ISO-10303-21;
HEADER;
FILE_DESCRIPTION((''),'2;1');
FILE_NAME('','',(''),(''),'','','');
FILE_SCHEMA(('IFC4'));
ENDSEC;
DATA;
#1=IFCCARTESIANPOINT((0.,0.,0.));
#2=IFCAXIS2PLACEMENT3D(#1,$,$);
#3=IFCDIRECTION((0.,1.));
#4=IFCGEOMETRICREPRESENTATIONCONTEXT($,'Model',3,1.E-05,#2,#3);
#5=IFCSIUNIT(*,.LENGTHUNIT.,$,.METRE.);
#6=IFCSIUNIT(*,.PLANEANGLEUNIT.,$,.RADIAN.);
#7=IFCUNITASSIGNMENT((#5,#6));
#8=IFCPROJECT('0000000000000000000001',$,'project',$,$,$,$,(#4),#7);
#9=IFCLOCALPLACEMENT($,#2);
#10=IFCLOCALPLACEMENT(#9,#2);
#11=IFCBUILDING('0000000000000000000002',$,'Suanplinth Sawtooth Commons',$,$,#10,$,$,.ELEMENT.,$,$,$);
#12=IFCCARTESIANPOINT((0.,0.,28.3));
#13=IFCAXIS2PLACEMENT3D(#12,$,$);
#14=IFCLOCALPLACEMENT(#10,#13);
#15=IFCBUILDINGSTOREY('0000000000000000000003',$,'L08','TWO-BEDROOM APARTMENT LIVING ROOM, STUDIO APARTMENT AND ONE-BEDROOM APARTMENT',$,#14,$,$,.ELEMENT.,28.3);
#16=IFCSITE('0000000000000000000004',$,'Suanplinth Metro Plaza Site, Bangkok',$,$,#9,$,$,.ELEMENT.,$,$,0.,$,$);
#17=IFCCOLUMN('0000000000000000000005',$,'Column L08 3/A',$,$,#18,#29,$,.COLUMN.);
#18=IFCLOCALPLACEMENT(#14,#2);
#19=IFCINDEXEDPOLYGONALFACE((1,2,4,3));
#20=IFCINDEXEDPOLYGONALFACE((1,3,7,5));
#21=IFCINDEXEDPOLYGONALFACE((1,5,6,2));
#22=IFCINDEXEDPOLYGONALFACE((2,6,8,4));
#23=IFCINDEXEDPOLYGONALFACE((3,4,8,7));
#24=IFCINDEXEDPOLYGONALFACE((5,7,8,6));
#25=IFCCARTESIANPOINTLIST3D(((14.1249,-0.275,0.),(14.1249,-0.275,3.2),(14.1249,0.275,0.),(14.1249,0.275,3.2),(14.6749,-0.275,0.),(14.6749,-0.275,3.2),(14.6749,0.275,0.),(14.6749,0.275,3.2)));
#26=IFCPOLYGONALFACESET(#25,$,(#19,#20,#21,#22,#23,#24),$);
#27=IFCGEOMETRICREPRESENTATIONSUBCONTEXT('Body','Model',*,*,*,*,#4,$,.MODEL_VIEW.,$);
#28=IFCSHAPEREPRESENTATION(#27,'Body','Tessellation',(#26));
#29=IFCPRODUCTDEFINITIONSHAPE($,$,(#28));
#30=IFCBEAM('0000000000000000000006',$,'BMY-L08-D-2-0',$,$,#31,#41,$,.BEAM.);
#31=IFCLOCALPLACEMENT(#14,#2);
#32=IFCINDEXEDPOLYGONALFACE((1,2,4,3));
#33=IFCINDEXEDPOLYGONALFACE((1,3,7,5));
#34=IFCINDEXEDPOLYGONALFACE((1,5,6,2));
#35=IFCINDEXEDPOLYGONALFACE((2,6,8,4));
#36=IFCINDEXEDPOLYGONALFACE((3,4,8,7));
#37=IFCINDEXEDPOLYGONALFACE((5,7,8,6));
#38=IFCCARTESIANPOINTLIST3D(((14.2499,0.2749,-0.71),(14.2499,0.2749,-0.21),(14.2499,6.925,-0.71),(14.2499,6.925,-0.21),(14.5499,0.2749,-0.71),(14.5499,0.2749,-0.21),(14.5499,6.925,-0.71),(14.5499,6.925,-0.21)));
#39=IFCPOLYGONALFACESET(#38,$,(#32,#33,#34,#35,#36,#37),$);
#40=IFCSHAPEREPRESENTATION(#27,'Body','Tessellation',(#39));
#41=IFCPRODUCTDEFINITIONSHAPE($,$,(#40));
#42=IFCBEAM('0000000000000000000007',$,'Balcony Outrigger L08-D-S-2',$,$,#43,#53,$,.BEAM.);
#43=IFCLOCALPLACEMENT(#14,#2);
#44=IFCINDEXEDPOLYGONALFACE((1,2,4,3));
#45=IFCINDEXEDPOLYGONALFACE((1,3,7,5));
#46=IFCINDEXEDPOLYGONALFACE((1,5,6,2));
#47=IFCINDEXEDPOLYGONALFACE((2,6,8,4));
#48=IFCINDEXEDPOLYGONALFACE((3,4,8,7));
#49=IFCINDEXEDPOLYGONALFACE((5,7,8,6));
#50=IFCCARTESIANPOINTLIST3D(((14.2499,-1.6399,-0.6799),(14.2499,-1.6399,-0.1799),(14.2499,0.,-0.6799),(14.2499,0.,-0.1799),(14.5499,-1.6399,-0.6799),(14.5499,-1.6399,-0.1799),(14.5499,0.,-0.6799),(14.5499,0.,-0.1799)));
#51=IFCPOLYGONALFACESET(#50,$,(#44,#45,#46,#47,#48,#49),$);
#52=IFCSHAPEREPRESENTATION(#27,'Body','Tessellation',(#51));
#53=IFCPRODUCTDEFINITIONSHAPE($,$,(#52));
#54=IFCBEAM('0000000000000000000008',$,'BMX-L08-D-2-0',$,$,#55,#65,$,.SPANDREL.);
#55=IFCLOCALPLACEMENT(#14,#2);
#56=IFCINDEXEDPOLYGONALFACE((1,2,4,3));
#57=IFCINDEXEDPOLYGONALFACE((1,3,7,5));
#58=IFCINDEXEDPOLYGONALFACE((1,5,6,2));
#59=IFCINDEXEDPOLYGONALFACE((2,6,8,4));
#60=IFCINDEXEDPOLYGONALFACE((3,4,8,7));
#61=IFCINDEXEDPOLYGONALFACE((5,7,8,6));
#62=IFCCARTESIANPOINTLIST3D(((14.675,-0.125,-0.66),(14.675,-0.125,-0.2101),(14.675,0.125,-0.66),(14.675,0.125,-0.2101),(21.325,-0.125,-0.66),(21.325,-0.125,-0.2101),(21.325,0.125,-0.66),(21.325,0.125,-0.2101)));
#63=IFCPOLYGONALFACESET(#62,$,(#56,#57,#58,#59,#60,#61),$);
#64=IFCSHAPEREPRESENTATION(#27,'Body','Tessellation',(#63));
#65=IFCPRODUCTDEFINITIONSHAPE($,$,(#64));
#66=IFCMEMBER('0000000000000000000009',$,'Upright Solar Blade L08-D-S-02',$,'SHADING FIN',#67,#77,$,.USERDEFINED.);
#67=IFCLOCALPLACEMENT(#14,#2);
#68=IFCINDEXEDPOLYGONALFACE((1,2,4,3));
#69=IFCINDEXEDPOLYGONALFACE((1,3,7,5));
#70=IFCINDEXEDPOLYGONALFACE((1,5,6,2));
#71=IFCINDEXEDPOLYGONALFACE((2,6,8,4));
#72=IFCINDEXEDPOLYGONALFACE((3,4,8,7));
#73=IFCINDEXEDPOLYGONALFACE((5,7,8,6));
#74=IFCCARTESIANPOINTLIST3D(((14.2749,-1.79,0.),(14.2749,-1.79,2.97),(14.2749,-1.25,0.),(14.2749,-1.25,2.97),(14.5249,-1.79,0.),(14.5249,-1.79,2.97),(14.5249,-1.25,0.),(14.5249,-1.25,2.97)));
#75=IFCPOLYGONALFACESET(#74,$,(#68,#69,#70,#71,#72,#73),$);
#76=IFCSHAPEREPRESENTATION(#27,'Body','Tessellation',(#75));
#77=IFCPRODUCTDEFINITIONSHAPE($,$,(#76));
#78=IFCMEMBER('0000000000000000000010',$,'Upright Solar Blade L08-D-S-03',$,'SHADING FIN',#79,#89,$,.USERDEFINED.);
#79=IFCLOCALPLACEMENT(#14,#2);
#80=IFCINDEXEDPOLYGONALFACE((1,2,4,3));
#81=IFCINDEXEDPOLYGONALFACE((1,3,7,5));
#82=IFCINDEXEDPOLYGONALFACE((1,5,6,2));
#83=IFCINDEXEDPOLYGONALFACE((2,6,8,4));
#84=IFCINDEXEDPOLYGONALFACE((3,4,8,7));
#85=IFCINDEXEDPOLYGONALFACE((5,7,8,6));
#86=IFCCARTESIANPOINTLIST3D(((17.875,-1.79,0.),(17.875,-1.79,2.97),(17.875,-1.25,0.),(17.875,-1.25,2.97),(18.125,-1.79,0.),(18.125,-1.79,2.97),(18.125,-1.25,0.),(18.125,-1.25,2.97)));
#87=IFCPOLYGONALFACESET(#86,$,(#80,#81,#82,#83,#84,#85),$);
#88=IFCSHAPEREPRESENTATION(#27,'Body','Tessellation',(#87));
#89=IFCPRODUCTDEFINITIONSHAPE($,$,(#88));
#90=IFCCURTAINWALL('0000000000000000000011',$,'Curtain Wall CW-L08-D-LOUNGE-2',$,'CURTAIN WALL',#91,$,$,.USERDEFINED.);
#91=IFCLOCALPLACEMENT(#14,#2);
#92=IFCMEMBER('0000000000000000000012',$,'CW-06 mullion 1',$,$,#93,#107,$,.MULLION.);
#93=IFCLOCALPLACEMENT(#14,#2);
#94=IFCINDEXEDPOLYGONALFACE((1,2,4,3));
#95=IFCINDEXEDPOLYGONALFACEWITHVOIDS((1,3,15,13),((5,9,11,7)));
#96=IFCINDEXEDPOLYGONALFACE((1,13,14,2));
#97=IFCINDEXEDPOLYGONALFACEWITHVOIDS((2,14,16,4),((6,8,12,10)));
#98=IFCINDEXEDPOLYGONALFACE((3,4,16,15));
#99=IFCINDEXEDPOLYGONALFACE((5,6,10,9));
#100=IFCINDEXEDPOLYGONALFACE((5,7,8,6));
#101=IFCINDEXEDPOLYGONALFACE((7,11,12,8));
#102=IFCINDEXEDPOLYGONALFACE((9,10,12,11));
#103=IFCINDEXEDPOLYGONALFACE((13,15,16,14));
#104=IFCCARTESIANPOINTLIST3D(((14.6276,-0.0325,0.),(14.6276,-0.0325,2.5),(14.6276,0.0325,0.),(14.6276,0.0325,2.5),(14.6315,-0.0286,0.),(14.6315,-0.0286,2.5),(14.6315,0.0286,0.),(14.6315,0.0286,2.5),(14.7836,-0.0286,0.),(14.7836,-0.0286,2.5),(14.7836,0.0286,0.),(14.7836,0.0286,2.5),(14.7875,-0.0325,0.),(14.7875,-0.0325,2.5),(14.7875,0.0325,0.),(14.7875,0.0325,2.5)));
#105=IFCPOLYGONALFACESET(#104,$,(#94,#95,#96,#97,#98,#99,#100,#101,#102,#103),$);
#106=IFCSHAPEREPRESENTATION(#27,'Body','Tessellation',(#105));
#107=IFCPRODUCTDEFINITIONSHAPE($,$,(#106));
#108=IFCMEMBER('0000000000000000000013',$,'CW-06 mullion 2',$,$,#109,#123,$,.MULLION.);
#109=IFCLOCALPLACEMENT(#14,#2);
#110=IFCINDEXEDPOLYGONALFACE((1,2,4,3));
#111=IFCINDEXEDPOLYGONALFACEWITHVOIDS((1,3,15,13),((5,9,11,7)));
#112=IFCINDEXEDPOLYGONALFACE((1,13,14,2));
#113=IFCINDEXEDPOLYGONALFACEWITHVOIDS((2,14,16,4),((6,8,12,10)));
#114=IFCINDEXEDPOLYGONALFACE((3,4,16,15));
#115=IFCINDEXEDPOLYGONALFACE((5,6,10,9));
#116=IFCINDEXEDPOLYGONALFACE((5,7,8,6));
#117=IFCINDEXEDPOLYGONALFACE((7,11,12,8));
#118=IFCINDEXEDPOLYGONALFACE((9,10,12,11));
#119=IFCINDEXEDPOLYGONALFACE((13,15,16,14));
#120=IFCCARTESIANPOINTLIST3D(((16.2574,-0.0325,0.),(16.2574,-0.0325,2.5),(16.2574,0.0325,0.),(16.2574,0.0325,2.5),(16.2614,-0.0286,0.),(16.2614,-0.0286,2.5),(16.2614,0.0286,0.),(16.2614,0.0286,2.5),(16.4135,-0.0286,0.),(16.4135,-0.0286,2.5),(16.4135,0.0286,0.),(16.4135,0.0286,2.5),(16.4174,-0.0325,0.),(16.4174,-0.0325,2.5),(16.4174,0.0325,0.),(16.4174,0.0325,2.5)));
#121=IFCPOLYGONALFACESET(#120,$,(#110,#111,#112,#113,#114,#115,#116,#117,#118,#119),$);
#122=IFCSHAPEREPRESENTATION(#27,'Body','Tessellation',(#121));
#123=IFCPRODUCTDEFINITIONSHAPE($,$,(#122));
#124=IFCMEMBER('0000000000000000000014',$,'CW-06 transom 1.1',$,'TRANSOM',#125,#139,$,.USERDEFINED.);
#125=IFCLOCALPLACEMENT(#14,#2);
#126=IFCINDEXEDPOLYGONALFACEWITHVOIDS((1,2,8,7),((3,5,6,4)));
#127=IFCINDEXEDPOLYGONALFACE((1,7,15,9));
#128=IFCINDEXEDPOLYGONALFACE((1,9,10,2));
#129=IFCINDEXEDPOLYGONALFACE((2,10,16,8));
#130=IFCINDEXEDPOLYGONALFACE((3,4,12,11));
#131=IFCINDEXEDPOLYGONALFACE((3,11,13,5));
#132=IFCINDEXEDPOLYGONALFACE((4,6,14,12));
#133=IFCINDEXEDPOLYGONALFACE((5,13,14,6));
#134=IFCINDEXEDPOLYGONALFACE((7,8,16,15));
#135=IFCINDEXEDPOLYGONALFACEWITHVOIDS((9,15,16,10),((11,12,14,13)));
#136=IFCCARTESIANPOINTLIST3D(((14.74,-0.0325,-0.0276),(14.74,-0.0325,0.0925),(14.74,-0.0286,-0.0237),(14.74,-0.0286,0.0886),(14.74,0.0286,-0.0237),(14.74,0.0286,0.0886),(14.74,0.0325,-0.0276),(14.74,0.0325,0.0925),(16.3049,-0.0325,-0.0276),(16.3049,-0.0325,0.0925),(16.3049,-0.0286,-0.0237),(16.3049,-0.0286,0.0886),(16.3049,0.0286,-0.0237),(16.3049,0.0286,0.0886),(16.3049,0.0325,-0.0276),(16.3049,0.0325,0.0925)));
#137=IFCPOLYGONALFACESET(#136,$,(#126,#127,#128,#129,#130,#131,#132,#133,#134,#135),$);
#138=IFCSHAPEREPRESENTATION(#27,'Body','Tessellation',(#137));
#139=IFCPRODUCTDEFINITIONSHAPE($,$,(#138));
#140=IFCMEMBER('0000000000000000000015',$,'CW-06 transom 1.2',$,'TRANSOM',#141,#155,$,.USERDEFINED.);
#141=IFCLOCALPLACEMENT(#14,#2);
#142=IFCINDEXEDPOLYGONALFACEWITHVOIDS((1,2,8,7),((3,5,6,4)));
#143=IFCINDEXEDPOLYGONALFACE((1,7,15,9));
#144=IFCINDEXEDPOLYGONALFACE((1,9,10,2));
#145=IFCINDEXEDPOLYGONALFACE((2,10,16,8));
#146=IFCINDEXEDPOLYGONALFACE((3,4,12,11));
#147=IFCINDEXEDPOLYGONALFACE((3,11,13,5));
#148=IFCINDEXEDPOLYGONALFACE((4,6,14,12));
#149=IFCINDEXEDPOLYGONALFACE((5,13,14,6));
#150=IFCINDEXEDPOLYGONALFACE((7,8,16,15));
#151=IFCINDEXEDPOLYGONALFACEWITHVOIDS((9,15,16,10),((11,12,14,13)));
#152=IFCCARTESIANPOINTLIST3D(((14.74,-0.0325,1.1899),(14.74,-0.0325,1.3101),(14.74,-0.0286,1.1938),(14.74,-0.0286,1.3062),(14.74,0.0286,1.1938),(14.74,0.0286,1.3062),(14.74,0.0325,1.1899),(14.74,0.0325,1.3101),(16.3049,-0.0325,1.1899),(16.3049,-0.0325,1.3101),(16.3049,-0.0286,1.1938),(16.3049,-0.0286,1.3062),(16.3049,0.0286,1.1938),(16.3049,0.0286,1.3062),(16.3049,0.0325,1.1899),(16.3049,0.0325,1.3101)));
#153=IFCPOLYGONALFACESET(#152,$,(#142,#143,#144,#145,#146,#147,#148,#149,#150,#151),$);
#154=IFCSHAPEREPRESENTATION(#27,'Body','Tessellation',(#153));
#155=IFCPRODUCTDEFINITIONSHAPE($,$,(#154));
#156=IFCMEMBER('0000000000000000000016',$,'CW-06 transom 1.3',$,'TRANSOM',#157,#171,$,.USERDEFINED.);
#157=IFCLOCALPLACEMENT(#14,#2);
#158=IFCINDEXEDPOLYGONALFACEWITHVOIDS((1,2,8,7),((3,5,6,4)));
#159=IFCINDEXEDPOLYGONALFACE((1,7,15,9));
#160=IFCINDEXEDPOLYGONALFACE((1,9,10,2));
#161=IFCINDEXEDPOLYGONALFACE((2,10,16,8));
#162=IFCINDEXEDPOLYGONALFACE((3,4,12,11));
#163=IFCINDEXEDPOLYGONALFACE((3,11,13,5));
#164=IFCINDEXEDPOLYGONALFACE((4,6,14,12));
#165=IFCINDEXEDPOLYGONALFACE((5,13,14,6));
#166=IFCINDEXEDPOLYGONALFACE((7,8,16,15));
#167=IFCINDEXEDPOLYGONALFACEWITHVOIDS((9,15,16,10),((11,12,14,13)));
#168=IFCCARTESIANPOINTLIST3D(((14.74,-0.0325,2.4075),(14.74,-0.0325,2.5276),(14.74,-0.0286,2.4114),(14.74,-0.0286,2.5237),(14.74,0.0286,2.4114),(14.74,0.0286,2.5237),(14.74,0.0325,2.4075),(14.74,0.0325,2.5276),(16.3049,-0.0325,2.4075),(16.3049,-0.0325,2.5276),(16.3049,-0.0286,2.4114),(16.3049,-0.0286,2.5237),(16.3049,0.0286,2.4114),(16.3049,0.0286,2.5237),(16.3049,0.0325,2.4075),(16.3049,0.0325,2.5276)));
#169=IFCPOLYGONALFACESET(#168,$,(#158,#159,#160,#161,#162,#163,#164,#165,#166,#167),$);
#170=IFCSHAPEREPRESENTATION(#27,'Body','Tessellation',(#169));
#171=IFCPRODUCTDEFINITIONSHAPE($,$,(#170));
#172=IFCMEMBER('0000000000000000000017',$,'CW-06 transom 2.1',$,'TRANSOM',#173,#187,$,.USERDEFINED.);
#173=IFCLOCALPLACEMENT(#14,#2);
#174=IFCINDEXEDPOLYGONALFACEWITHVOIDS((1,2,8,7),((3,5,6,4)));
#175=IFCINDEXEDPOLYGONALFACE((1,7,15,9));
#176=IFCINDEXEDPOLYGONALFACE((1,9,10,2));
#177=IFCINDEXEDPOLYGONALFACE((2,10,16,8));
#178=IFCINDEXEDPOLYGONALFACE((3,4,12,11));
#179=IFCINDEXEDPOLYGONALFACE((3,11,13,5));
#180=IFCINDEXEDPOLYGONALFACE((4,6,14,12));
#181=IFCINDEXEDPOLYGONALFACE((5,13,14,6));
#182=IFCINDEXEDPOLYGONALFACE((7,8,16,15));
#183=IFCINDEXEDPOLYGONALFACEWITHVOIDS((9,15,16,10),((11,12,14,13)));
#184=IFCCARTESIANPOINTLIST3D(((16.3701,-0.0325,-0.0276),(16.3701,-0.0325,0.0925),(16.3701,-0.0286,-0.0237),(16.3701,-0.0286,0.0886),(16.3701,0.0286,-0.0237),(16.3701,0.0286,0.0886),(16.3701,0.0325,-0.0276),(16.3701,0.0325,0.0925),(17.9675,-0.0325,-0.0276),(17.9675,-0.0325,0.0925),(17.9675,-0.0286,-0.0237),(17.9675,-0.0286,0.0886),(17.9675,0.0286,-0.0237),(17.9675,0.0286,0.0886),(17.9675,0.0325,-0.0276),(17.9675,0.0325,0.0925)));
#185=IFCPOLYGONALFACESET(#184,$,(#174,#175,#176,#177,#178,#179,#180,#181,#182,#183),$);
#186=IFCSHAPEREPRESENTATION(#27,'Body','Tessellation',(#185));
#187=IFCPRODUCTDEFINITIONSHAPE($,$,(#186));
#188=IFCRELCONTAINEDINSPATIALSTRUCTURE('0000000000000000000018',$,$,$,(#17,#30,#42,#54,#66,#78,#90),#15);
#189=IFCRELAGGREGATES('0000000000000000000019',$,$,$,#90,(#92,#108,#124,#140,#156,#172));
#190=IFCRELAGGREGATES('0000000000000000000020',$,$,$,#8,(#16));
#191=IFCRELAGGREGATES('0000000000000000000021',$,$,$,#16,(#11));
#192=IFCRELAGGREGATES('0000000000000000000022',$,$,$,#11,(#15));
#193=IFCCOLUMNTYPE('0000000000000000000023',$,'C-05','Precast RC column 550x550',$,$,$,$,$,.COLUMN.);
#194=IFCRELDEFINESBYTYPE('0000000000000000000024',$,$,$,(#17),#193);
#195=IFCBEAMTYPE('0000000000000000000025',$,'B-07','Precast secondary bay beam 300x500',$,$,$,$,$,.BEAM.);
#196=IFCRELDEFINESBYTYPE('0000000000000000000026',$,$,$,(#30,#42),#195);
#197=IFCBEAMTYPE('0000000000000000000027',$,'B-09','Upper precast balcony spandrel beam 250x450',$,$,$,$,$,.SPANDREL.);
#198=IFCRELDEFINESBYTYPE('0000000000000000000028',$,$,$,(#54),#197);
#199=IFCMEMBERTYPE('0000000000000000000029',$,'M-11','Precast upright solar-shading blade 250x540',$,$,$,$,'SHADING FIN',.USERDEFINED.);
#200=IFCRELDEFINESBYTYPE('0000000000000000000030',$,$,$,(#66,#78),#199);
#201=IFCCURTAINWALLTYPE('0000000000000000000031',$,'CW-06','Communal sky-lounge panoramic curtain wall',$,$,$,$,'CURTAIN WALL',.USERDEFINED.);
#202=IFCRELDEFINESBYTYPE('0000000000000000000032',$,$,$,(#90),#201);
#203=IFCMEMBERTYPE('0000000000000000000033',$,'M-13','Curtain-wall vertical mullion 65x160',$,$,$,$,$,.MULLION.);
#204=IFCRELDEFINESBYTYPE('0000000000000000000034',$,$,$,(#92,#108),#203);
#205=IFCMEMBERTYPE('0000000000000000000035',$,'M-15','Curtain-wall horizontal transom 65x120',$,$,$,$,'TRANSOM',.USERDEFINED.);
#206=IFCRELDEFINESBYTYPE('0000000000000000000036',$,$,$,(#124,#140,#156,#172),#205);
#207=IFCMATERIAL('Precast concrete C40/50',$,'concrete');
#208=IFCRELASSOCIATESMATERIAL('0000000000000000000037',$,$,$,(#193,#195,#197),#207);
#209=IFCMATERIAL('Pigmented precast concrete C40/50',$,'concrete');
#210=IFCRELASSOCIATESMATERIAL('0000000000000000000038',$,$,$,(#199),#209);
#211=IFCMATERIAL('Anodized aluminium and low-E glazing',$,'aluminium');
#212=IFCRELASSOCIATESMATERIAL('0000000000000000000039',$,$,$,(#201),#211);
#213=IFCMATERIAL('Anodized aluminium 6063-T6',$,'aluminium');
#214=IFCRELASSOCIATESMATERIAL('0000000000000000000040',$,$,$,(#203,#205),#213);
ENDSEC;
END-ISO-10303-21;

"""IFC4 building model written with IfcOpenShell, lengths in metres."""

from ifc_helpers import new_model, si_unit, direction, frame, origin, origin_2d, place, context, subcontext, project, spatial, rectangle, hollow_rectangle, extrude, material, material_profile, profile_set, type_object, element, aggregate, save


model = new_model("IFC4")

# Units and contexts
model_context = context("Model", 3, precision=1e-05, world=origin(), true_north=direction((0.0, 1.0)))
body_context = subcontext(model_context, "Body", "Model", "MODEL_VIEW")
ifc_project = project(units=[si_unit("LENGTHUNIT", "METRE"), si_unit("PLANEANGLEUNIT", "RADIAN")], contexts=[model_context])

# Site, building, storey
site_placement = place(None, origin())
site = spatial("IfcSite", under=ifc_project, at=site_placement, Name="Suanplinth Metro Plaza Site, Bangkok", CompositionType="ELEMENT", RefElevation=0.0)
building_placement = place(site_placement, origin())
building = spatial("IfcBuilding", under=site, at=building_placement, Name="Suanplinth Sawtooth Commons", CompositionType="ELEMENT")
storey_placement = place(building_placement, frame((0.0, 0.0, 28.3)))
storey = spatial("IfcBuildingStorey", under=building, at=storey_placement, Name="L08", Description="TWO-BEDROOM APARTMENT LIVING ROOM, STUDIO APARTMENT AND ONE-BEDROOM APARTMENT", CompositionType="ELEMENT", Elevation=28.3)

# Column
ifc_material_1 = material(Name="Precast concrete C40/50", Category="concrete")
ifc_material_profile_1 = material_profile(ifc_material_1, rectangle(XDim=0.55, YDim=0.55, at=origin_2d()), Name="PC-COL 550x550")
ifc_profile_set_1 = profile_set([ifc_material_profile_1], Name="Precast concrete C40/50")
column_type = type_object("IfcColumnType", Name="C-05", Description="Precast RC column 550x550", PredefinedType="COLUMN", material=ifc_profile_set_1)
column_placement = place(storey_placement, frame((14.3999, 0.0, 0.0), z_axis=(0.0, 0.0, 1.0), x_axis=(1.0, 0.0, 0.0)))
element("IfcColumn", 1, at=column_placement, inside=storey, type_object=column_type, Name="Column L08 3/A", PredefinedType="COLUMN", context=body_context, shape_type="SweptSolid", body=[
    extrude(rectangle(XDim=0.55, YDim=0.55, at=origin_2d()), origin(), (0.0, 0.0, 1.0), 3.2),
])

# Beams
ifc_material_profile_2 = material_profile(ifc_material_1, rectangle(XDim=0.3, YDim=0.5, at=origin_2d()), Name="PC-BM 300x500")
ifc_profile_set_2 = profile_set([ifc_material_profile_2], Name="Precast concrete C40/50")
beam_type_1 = type_object("IfcBeamType", Name="B-07", Description="Precast secondary bay beam 300x500", PredefinedType="BEAM", material=ifc_profile_set_2)
beam_1_placement = place(storey_placement, frame((14.3999, 0.2749, -0.46), z_axis=(0.0, 1.0, 0.0), x_axis=(-1.0, 0.0, 0.0)))
element("IfcBeam", 2, at=beam_1_placement, inside=storey, type_object=beam_type_1, Name="BMY-L08-D-2-0", PredefinedType="BEAM", context=body_context, shape_type="SweptSolid", body=[
    extrude(rectangle(XDim=0.3, YDim=0.5, at=origin_2d()), origin(), (0.0, 0.0, 1.0), 6.6501),
])
beam_2_placement = place(storey_placement, frame((14.3999, 0.0, -0.4299), z_axis=(0.0, -1.0, 0.0), x_axis=(1.0, 0.0, 0.0)))
element("IfcBeam", 3, at=beam_2_placement, inside=storey, type_object=beam_type_1, Name="Balcony Outrigger L08-D-S-2", PredefinedType="BEAM", context=body_context, shape_type="SweptSolid", body=[
    extrude(rectangle(XDim=0.3, YDim=0.5, at=origin_2d()), origin(), (0.0, 0.0, 1.0), 1.6399),
])
ifc_material_profile_3 = material_profile(ifc_material_1, rectangle(XDim=0.25, YDim=0.45, at=origin_2d()), Name="PC-SP 250x450")
ifc_profile_set_3 = profile_set([ifc_material_profile_3], Name="Precast concrete C40/50")
beam_type_2 = type_object("IfcBeamType", Name="B-09", Description="Upper precast balcony spandrel beam 250x450", PredefinedType="SPANDREL", material=ifc_profile_set_3)
beam_3_placement = place(storey_placement, frame((14.675, 0.0, -0.4351), z_axis=(1.0, 0.0, 0.0), x_axis=(0.0, 1.0, 0.0)))
element("IfcBeam", 4, at=beam_3_placement, inside=storey, type_object=beam_type_2, Name="BMX-L08-D-2-0", PredefinedType="SPANDREL", context=body_context, shape_type="SweptSolid", body=[
    extrude(rectangle(XDim=0.25, YDim=0.45, at=origin_2d()), origin(), (0.0, 0.0, 1.0), 6.6499),
])

# Members
ifc_material_2 = material(Name="Pigmented precast concrete C40/50", Category="concrete")
ifc_material_profile_4 = material_profile(ifc_material_2, rectangle(XDim=0.25, YDim=0.54, at=origin_2d()), Name="PC-FIN 250x540")
ifc_profile_set_4 = profile_set([ifc_material_profile_4], Name="Pigmented precast concrete C40/50")
member_type_1 = type_object("IfcMemberType", Name="M-11", Description="Precast upright solar-shading blade 250x540", ElementType="SHADING FIN", PredefinedType="USERDEFINED", material=ifc_profile_set_4)
for number, where, z_axis, x_axis, name in (
    (5, (14.3999, -1.52, 0.0), (0.0, 0.0, 1.0), (1.0, 0.0, 0.0), "Upright Solar Blade L08-D-S-02"),
    (6, (18.0, -1.52, 0.0), (0.0, 0.0, 1.0), (1.0, 0.0, 0.0), "Upright Solar Blade L08-D-S-03"),
):
    element("IfcMember", number, at=place(storey_placement, frame(where, z_axis=z_axis, x_axis=x_axis)), inside=storey, type_object=member_type_1, Name=name, ObjectType="SHADING FIN", PredefinedType="USERDEFINED", context=body_context, shape_type="SweptSolid", body=[
        extrude(rectangle(XDim=0.25, YDim=0.54, at=origin_2d()), origin(), (0.0, 0.0, 1.0), 2.97),
    ])

# Curtain wall, members
ifc_material_3 = material(Name="Anodized aluminium and low-E glazing", Category="aluminium")
curtain_wall_type = type_object("IfcCurtainWallType", Name="CW-06", Description="Communal sky-lounge panoramic curtain wall", ElementType="CURTAIN WALL", PredefinedType="USERDEFINED", material=ifc_material_3)
curtain_wall_placement = place(storey_placement, origin())
curtain_wall = element("IfcCurtainWall", 7, at=curtain_wall_placement, inside=storey, type_object=curtain_wall_type, Name="Curtain Wall CW-L08-D-LOUNGE-2", ObjectType="CURTAIN WALL", PredefinedType="USERDEFINED")
ifc_material_4 = material(Name="Anodized aluminium 6063-T6", Category="aluminium")
ifc_material_profile_5 = material_profile(ifc_material_4, hollow_rectangle(XDim=0.0649, YDim=0.1599, WallThickness=0.0039, at=origin_2d()), Name="ALU-MUL 65x160")
ifc_profile_set_5 = profile_set([ifc_material_profile_5], Name="Anodized aluminium 6063-T6")
member_type_2 = type_object("IfcMemberType", Name="M-13", Description="Curtain-wall vertical mullion 65x160", PredefinedType="MULLION", material=ifc_profile_set_5)
member_1_placement = place(storey_placement, frame((14.7075, 0.0, 0.0), z_axis=(0.0, 0.0, 1.0), x_axis=(0.0, 1.0, 0.0)))
member_1 = element("IfcMember", 8, at=member_1_placement, type_object=member_type_2, Name="CW-06 mullion 1", PredefinedType="MULLION", context=body_context, shape_type="SweptSolid", body=[
    extrude(hollow_rectangle(XDim=0.0649, YDim=0.1599, WallThickness=0.0039, at=origin_2d()), origin(), (0.0, 0.0, 1.0), 2.5),
])
member_2_placement = place(storey_placement, frame((16.3374, 0.0, 0.0), z_axis=(0.0, 0.0, 1.0), x_axis=(0.0, 1.0, 0.0)))
member_2 = element("IfcMember", 9, at=member_2_placement, type_object=member_type_2, Name="CW-06 mullion 2", PredefinedType="MULLION", context=body_context, shape_type="SweptSolid", body=[
    extrude(hollow_rectangle(XDim=0.0649, YDim=0.1599, WallThickness=0.0039, at=origin_2d()), origin(), (0.0, 0.0, 1.0), 2.5),
])
ifc_material_profile_6 = material_profile(ifc_material_4, hollow_rectangle(XDim=0.0649, YDim=0.1201, WallThickness=0.0039, at=origin_2d()), Name="ALU-TRN 65x120")
ifc_profile_set_6 = profile_set([ifc_material_profile_6], Name="Anodized aluminium 6063-T6")
member_type_3 = type_object("IfcMemberType", Name="M-15", Description="Curtain-wall horizontal transom 65x120", ElementType="TRANSOM", PredefinedType="USERDEFINED", material=ifc_profile_set_6)
member_3_placement = place(storey_placement, frame((14.74, 0.0, 0.0325), z_axis=(1.0, 0.0, 0.0), x_axis=(0.0, 1.0, 0.0)))
member_3 = element("IfcMember", 10, at=member_3_placement, type_object=member_type_3, Name="CW-06 transom 1.1", ObjectType="TRANSOM", PredefinedType="USERDEFINED", context=body_context, shape_type="SweptSolid", body=[
    extrude(hollow_rectangle(XDim=0.0649, YDim=0.1201, WallThickness=0.0039, at=origin_2d()), origin(), (0.0, 0.0, 1.0), 1.5649),
])
member_4_placement = place(storey_placement, frame((14.74, 0.0, 1.25), z_axis=(1.0, 0.0, 0.0), x_axis=(0.0, 1.0, 0.0)))
member_4 = element("IfcMember", 11, at=member_4_placement, type_object=member_type_3, Name="CW-06 transom 1.2", ObjectType="TRANSOM", PredefinedType="USERDEFINED", context=body_context, shape_type="SweptSolid", body=[
    extrude(hollow_rectangle(XDim=0.0649, YDim=0.1201, WallThickness=0.0039, at=origin_2d()), origin(), (0.0, 0.0, 1.0), 1.5649),
])
member_5_placement = place(storey_placement, frame((14.74, 0.0, 2.4675), z_axis=(1.0, 0.0, 0.0), x_axis=(0.0, 1.0, 0.0)))
member_5 = element("IfcMember", 12, at=member_5_placement, type_object=member_type_3, Name="CW-06 transom 1.3", ObjectType="TRANSOM", PredefinedType="USERDEFINED", context=body_context, shape_type="SweptSolid", body=[
    extrude(hollow_rectangle(XDim=0.0649, YDim=0.1201, WallThickness=0.0039, at=origin_2d()), origin(), (0.0, 0.0, 1.0), 1.5649),
])
member_6_placement = place(storey_placement, frame((16.3701, 0.0, 0.0325), z_axis=(1.0, 0.0, 0.0), x_axis=(0.0, 1.0, 0.0)))
member_6 = element("IfcMember", 13, at=member_6_placement, type_object=member_type_3, Name="CW-06 transom 2.1", ObjectType="TRANSOM", PredefinedType="USERDEFINED", context=body_context, shape_type="SweptSolid", body=[
    extrude(hollow_rectangle(XDim=0.0649, YDim=0.1201, WallThickness=0.0039, at=origin_2d()), origin(), (0.0, 0.0, 1.0), 1.5974),
])
aggregate(curtain_wall, [member_1, member_2, member_3, member_4, member_5, member_6])

save(model, "model.ifc")
